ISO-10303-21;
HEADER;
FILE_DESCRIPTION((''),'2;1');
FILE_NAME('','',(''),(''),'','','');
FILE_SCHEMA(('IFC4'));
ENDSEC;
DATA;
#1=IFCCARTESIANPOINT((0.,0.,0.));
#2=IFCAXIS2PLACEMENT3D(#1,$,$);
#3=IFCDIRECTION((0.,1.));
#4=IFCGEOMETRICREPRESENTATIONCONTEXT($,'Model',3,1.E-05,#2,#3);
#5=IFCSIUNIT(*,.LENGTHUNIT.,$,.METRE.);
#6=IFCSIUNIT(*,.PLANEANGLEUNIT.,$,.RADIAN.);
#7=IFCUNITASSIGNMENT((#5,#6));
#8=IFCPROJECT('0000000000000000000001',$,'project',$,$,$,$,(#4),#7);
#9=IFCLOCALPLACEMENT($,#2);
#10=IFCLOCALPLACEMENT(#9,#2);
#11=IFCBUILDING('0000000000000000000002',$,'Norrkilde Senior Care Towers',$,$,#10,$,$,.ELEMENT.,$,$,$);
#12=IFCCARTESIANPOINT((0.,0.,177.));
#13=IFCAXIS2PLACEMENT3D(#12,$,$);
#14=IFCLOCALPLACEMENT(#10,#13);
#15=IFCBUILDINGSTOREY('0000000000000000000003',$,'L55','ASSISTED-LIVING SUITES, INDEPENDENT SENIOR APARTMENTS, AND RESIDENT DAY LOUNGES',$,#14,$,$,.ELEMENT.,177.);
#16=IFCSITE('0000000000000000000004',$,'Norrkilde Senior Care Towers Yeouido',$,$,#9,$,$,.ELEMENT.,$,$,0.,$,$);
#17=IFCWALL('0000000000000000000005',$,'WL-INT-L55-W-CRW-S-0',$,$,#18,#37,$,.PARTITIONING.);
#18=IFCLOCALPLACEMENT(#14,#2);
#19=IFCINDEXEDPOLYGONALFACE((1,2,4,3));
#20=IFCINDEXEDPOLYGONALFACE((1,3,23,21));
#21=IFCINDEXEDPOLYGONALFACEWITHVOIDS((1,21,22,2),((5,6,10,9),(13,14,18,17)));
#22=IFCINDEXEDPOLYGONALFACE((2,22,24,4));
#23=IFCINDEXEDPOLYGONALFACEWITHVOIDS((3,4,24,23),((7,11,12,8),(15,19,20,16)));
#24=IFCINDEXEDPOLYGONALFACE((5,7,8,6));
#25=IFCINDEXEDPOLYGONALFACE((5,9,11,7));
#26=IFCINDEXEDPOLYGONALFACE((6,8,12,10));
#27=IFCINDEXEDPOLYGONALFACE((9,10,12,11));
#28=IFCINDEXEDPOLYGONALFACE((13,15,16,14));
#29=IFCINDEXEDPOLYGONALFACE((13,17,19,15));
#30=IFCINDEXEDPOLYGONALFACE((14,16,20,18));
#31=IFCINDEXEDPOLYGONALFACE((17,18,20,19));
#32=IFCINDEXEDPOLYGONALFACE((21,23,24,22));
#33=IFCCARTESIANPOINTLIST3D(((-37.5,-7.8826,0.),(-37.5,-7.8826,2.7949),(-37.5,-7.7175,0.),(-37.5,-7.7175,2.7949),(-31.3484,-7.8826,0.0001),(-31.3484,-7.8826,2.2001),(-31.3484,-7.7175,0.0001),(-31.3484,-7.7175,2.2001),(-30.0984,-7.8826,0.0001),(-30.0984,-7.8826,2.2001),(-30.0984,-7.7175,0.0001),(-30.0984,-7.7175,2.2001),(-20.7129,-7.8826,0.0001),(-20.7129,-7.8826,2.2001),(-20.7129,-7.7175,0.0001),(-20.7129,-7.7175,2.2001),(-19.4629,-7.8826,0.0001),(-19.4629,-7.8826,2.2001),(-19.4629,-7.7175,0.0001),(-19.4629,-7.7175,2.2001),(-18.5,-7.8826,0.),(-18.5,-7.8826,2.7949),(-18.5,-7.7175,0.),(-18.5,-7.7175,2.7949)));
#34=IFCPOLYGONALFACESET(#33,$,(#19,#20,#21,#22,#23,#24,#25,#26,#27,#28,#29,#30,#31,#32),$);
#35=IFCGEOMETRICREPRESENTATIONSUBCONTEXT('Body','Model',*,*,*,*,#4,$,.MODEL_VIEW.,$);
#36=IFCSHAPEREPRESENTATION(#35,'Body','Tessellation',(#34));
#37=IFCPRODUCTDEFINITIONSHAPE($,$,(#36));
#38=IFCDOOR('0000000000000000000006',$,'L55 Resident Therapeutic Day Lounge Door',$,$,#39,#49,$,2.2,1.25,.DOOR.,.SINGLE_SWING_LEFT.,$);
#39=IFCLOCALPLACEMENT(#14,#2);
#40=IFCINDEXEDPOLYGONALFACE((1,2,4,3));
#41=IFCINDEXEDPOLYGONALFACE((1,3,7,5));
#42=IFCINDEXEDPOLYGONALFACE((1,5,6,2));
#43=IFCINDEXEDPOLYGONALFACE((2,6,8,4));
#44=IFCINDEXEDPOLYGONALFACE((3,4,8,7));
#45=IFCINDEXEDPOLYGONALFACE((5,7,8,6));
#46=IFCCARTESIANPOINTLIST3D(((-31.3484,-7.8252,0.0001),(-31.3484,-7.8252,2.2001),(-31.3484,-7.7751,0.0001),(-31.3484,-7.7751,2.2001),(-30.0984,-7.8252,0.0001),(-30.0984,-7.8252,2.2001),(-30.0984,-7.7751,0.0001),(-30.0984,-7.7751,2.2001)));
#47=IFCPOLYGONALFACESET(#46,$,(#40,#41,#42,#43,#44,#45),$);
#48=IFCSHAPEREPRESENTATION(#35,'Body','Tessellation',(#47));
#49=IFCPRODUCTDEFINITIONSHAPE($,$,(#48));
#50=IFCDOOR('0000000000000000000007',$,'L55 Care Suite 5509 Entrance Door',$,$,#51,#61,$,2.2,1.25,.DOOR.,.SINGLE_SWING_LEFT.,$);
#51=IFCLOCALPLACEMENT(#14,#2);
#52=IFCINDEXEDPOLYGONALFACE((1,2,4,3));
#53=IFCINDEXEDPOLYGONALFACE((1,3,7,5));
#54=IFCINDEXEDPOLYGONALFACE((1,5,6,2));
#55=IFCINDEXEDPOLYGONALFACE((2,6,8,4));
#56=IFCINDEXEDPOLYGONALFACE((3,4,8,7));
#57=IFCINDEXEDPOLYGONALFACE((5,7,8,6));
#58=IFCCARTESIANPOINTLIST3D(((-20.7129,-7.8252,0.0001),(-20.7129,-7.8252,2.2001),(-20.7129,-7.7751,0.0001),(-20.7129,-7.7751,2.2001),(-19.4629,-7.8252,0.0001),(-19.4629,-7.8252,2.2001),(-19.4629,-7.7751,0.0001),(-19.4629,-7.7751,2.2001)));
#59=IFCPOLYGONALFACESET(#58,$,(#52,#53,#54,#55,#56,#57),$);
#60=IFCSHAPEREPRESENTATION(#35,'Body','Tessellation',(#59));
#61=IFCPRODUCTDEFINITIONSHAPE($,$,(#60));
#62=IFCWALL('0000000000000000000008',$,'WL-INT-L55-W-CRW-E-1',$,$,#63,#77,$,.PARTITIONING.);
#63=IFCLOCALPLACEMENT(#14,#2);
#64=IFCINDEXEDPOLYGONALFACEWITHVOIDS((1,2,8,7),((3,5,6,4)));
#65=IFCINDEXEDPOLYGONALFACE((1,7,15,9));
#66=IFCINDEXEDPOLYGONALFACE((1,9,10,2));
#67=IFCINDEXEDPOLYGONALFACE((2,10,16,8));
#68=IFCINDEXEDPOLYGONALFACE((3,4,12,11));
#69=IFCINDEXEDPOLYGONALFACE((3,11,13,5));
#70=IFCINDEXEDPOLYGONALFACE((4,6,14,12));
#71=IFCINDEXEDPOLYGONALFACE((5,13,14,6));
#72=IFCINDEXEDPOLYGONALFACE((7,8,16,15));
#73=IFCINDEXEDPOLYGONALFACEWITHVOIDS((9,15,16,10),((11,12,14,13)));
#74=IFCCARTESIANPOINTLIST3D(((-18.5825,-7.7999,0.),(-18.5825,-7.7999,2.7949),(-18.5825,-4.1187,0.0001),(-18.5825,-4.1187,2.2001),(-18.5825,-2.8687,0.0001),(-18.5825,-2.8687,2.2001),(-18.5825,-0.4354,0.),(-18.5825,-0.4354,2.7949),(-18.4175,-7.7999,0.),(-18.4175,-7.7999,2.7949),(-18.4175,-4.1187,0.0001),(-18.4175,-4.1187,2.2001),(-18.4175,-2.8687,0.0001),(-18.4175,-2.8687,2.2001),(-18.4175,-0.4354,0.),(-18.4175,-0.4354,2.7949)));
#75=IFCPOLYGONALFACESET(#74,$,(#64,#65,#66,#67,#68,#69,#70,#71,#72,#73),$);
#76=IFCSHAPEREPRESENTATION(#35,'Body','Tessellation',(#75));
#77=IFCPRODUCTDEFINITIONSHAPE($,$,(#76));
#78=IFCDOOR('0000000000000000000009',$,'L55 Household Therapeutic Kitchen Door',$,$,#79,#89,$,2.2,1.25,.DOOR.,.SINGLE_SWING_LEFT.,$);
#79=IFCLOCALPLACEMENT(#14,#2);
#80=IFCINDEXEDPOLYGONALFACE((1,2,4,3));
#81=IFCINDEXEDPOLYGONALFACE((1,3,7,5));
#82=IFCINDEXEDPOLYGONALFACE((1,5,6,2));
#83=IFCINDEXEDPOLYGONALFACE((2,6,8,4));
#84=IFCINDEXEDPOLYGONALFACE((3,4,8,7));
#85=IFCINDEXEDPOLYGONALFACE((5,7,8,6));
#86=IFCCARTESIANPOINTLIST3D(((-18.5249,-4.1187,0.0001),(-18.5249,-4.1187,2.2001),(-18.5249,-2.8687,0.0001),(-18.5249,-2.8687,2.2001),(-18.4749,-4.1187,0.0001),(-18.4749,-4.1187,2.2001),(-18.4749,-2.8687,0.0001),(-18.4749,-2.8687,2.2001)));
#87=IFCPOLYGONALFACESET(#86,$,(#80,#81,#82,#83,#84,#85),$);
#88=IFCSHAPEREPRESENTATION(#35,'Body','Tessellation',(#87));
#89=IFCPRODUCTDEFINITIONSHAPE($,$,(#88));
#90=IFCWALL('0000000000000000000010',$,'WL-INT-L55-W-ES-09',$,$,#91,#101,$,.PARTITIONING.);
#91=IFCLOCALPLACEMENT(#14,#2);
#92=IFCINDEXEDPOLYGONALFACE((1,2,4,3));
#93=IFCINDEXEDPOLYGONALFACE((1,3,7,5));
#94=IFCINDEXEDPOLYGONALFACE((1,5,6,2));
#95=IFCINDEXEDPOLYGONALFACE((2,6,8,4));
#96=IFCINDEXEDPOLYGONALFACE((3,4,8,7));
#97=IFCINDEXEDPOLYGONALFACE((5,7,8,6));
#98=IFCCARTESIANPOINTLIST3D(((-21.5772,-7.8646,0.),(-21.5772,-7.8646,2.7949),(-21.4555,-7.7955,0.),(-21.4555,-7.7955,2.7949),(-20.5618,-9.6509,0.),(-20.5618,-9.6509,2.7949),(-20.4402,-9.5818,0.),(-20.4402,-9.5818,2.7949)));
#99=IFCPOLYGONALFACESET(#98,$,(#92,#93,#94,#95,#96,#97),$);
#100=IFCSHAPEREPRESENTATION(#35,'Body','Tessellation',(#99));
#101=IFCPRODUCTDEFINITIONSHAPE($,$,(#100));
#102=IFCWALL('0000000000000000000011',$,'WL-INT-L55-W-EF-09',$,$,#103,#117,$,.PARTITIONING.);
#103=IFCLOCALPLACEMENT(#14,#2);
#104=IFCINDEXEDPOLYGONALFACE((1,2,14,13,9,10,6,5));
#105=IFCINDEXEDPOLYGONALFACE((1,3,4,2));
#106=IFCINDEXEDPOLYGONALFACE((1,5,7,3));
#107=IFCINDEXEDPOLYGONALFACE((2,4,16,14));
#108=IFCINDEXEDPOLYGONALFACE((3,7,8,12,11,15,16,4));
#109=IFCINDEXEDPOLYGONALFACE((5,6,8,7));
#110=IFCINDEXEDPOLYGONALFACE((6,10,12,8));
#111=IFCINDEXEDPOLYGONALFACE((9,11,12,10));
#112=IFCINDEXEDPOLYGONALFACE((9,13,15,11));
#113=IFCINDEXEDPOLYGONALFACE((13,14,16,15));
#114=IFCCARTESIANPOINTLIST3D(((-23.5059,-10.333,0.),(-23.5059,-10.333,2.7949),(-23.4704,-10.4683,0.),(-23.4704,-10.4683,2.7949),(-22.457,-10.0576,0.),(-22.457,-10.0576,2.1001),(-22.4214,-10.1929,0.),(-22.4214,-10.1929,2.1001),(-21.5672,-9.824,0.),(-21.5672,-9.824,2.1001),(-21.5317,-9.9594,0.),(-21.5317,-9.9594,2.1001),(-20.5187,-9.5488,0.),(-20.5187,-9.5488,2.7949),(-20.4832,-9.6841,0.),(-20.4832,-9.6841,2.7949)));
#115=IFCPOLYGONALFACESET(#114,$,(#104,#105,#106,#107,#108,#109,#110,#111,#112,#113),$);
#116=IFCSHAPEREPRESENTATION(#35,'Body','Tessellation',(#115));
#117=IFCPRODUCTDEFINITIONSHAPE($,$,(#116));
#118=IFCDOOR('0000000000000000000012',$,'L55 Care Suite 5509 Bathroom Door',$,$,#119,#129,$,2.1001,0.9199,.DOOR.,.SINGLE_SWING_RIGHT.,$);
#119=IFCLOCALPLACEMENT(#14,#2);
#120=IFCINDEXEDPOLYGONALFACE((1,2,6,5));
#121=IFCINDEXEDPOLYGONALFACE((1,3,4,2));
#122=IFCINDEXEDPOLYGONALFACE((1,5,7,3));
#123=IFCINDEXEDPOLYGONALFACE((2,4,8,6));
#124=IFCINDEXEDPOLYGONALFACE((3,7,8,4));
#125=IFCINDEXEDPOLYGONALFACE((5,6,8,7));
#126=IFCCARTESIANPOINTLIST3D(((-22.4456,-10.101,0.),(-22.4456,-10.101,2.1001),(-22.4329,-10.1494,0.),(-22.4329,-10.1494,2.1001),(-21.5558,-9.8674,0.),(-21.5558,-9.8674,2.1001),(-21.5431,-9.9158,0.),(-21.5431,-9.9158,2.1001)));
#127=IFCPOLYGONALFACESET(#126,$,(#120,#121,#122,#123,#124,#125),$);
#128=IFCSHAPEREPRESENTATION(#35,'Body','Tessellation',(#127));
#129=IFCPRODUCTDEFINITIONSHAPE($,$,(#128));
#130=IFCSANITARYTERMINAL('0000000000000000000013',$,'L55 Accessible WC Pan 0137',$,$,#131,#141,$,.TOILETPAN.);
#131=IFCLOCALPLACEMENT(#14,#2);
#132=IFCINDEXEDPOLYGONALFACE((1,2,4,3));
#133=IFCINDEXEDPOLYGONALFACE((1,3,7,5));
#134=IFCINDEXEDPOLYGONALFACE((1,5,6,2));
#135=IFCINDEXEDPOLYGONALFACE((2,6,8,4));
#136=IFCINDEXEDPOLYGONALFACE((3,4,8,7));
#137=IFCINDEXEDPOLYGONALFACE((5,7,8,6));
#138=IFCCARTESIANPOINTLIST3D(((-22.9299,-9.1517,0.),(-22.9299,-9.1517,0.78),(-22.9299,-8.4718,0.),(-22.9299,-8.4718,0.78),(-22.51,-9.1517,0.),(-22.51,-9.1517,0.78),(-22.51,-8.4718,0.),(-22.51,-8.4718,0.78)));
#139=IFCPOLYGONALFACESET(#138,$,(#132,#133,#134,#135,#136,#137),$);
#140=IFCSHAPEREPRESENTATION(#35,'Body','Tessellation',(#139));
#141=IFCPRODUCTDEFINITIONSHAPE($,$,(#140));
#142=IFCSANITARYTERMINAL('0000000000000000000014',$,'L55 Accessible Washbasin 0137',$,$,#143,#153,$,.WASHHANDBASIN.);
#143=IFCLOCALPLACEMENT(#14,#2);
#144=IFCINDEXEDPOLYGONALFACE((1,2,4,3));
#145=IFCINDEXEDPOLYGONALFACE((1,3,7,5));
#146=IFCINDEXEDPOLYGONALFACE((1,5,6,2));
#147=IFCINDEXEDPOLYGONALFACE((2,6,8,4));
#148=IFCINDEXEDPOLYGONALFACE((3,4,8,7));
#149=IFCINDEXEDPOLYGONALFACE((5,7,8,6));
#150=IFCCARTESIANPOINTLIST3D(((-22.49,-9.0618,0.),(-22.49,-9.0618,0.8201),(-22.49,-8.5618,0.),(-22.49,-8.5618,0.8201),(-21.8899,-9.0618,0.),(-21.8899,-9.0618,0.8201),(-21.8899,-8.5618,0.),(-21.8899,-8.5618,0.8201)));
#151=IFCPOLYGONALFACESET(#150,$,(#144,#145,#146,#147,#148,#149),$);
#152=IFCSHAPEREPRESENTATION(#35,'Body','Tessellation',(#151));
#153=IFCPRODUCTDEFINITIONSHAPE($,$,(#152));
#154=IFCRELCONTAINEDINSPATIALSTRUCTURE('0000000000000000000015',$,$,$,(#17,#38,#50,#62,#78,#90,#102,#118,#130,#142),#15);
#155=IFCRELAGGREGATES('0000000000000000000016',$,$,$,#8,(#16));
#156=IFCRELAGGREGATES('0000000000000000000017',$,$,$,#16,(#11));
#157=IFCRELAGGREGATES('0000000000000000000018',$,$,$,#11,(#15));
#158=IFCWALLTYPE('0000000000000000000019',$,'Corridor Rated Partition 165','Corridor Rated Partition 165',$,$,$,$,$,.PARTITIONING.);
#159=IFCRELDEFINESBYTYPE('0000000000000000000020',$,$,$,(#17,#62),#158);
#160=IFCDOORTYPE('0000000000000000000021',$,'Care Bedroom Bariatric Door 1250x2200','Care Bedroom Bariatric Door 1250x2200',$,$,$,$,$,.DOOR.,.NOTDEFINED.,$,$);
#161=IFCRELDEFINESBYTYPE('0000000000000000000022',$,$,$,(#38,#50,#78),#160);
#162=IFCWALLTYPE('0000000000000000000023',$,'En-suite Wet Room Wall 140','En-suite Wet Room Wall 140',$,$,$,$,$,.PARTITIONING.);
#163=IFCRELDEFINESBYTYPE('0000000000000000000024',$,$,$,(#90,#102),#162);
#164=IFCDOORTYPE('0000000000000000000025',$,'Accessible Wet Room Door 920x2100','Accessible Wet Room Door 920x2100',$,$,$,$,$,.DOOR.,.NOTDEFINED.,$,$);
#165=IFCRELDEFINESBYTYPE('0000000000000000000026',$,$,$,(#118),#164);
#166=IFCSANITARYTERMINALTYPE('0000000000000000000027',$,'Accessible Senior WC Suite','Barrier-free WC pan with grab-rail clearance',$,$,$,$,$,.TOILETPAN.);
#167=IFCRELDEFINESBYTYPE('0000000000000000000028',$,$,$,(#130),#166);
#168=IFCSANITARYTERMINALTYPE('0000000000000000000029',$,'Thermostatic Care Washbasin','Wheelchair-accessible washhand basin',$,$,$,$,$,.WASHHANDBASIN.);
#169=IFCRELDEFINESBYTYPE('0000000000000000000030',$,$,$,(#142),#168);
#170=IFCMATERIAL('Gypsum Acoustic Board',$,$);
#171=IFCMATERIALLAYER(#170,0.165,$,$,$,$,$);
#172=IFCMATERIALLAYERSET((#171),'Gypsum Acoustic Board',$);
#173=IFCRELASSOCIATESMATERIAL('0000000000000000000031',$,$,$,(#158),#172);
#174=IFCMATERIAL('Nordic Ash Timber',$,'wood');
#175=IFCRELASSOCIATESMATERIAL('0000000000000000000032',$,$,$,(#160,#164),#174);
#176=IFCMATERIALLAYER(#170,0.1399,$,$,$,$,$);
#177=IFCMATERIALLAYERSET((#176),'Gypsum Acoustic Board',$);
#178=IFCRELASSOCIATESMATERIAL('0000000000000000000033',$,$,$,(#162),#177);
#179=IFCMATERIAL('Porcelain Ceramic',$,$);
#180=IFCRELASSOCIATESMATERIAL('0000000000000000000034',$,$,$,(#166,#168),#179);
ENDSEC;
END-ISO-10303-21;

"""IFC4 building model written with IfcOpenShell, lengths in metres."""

from ifc_helpers import new_model, si_unit, direction, frame, frame_2d, origin, origin_2d, place, context, subcontext, project, spatial, rectangle, extrude, source, transform, mapped, material, layer, layer_set, type_object, type_shapes, element, fill, save


model = new_model("IFC4")

# Units and contexts
model_context = context("Model", 3, precision=1e-05, world=origin(), true_north=direction((0.0, 1.0)))
body_context = subcontext(model_context, "Body", "Model", "MODEL_VIEW")
ifc_project = project(units=[si_unit("LENGTHUNIT", "METRE"), si_unit("PLANEANGLEUNIT", "RADIAN")], contexts=[model_context])

# Site, building, storey
site_placement = place(None, origin())
site = spatial("IfcSite", under=ifc_project, at=site_placement, Name="Norrkilde Senior Care Towers Yeouido", CompositionType="ELEMENT", RefElevation=0.0)
building_placement = place(site_placement, origin())
building = spatial("IfcBuilding", under=site, at=building_placement, Name="Norrkilde Senior Care Towers", CompositionType="ELEMENT")
storey_placement = place(building_placement, frame((0.0, 0.0, 177.0)))
storey = spatial("IfcBuildingStorey", under=building, at=storey_placement, Name="L55", Description="ASSISTED-LIVING SUITES, INDEPENDENT SENIOR APARTMENTS, AND RESIDENT DAY LOUNGES", CompositionType="ELEMENT", Elevation=177.0)

# Shared definitions
ifc_material_1 = material(Name="Gypsum Acoustic Board")
ifc_layer_1 = layer(ifc_material_1, 0.165)
ifc_layer_set_1 = layer_set([ifc_layer_1], Name="Gypsum Acoustic Board")
wall_type_1 = type_object("IfcWallType", Name="Corridor Rated Partition 165", Description="Corridor Rated Partition 165", PredefinedType="PARTITIONING", material=ifc_layer_set_1)

# Wall, openings, doors
shared_shape_1 = source(origin(), body_context, "Body", "SweptSolid", [
    extrude(rectangle(XDim=19.0, YDim=0.165, at=frame_2d((9.5, 0.0))), origin(), (0.0, 0.0, 1.0), 2.7949),
])
wall_1_placement = place(storey_placement, frame((-18.5, -7.8, 0.0), z_axis=(0.0, 0.0, 1.0), x_axis=(-1.0, 0.0, 0.0)))
wall_1 = element("IfcWall", 1, at=wall_1_placement, inside=storey, type_object=wall_type_1, Name="WL-INT-L55-W-CRW-S-0", PredefinedType="PARTITIONING", context=body_context, shape_type="MappedRepresentation", body=[
    mapped(shared_shape_1, transform((0.0, 0.0, 0.0), x_axis=(1.0, 0.0, 0.0), y_axis=(0.0, 1.0, 0.0), z_axis=(0.0, 0.0, 1.0), scale=1.0)),
])
opening_1_placement = place(wall_1_placement, frame((11.5984, 0.0, 0.0)))
opening_1 = element("IfcOpeningElement", 2, at=opening_1_placement, cuts=wall_1, PredefinedType="OPENING", context=body_context, shape_type="SweptSolid", body=[
    extrude(rectangle(XDim=1.25, YDim=2.2, at=frame_2d((0.625, 1.1001))), frame((0.0, 0.0925, 0.0), z_axis=(0.0, -1.0, 0.0), x_axis=(1.0, 0.0, 0.0)), (0.0, 0.0, 1.0), 0.1851),
])
opening_2_placement = place(wall_1_placement, frame((0.9629, 0.0, 0.0)))
opening_2 = element("IfcOpeningElement", 3, at=opening_2_placement, cuts=wall_1, PredefinedType="OPENING", context=body_context, shape_type="SweptSolid", body=[
    extrude(rectangle(XDim=1.25, YDim=2.2, at=frame_2d((0.625, 1.1001))), frame((0.0, 0.0925, 0.0), z_axis=(0.0, -1.0, 0.0), x_axis=(1.0, 0.0, 0.0)), (0.0, 0.0, 1.0), 0.1851),
])
ifc_material_2 = material(Name="Nordic Ash Timber", Category="wood")
door_type_1 = type_object("IfcDoorType", Name="Care Bedroom Bariatric Door 1250x2200", Description="Care Bedroom Bariatric Door 1250x2200", OperationType="NOTDEFINED", PredefinedType="DOOR", material=ifc_material_2)
shared_shape_2 = source(origin(), body_context, "Body", "SweptSolid", [
    extrude(rectangle(XDim=1.25, YDim=2.2, at=frame_2d((0.625, 1.1001))), frame((0.0, 0.0249, 0.0), z_axis=(0.0, -1.0, 0.0), x_axis=(1.0, 0.0, 0.0)), (0.0, 0.0, 1.0), 0.05),
])
type_shapes(door_type_1, [shared_shape_2])
door_1_placement = place(opening_1_placement, frame((1.25, 0.0, 0.0), z_axis=(0.0, 0.0, 1.0), x_axis=(-1.0, 0.0, 0.0)))
door_1 = element("IfcDoor", 4, at=door_1_placement, inside=storey, type_object=door_type_1, Name="L55 Resident Therapeutic Day Lounge Door", OperationType="SINGLE_SWING_LEFT", OverallHeight=2.2, OverallWidth=1.25, PredefinedType="DOOR", context=body_context, shape_type="MappedRepresentation", body=[
    mapped(shared_shape_2, transform((0.0, 0.0, 0.0), x_axis=(1.0, 0.0, 0.0), y_axis=(0.0, 1.0, 0.0), z_axis=(0.0, 0.0, 1.0), scale=1.0)),
])
fill(opening_1, door_1)
door_2_placement = place(opening_2_placement, frame((1.25, 0.0, 0.0), z_axis=(0.0, 0.0, 1.0), x_axis=(-1.0, 0.0, 0.0)))
door_2 = element("IfcDoor", 5, at=door_2_placement, inside=storey, type_object=door_type_1, Name="L55 Care Suite 5509 Entrance Door", OperationType="SINGLE_SWING_LEFT", OverallHeight=2.2, OverallWidth=1.25, PredefinedType="DOOR", context=body_context, shape_type="MappedRepresentation", body=[
    mapped(shared_shape_2, transform((0.0, 0.0, 0.0), x_axis=(1.0, 0.0, 0.0), y_axis=(0.0, 1.0, 0.0), z_axis=(0.0, 0.0, 1.0), scale=1.0)),
])
fill(opening_2, door_2)

# Wall, opening, door
shared_shape_3 = source(origin(), body_context, "Body", "SweptSolid", [
    extrude(rectangle(XDim=7.3645, YDim=0.165, at=frame_2d((3.6821, 0.0))), origin(), (0.0, 0.0, 1.0), 2.7949),
])
wall_2_placement = place(storey_placement, frame((-18.5, -0.4355, 0.0), z_axis=(0.0, 0.0, 1.0), x_axis=(0.0, -1.0, 0.0)))
wall_2 = element("IfcWall", 6, at=wall_2_placement, inside=storey, type_object=wall_type_1, Name="WL-INT-L55-W-CRW-E-1", PredefinedType="PARTITIONING", context=body_context, shape_type="MappedRepresentation", body=[
    mapped(shared_shape_3, transform((0.0, 0.0, 0.0), x_axis=(1.0, 0.0, 0.0), y_axis=(0.0, 1.0, 0.0), z_axis=(0.0, 0.0, 1.0), scale=1.0)),
])
opening_3_placement = place(wall_2_placement, frame((2.4331, 0.0, 0.0)))
opening_3 = element("IfcOpeningElement", 7, at=opening_3_placement, cuts=wall_2, PredefinedType="OPENING", context=body_context, shape_type="SweptSolid", body=[
    extrude(rectangle(XDim=1.25, YDim=2.2, at=frame_2d((0.625, 1.1001))), frame((0.0, 0.0925, 0.0), z_axis=(0.0, -1.0, 0.0), x_axis=(1.0, 0.0, 0.0)), (0.0, 0.0, 1.0), 0.1851),
])
door_3_placement = place(opening_3_placement, frame((1.25, 0.0, 0.0), z_axis=(0.0, 0.0, 1.0), x_axis=(-1.0, 0.0, 0.0)))
door_3 = element("IfcDoor", 8, at=door_3_placement, inside=storey, type_object=door_type_1, Name="L55 Household Therapeutic Kitchen Door", OperationType="SINGLE_SWING_LEFT", OverallHeight=2.2, OverallWidth=1.25, PredefinedType="DOOR", context=body_context, shape_type="MappedRepresentation", body=[
    mapped(shared_shape_2, transform((0.0, 0.0, 0.0), x_axis=(1.0, 0.0, 0.0), y_axis=(0.0, 1.0, 0.0), z_axis=(0.0, 0.0, 1.0), scale=1.0)),
])
fill(opening_3, door_3)

# Wall
ifc_layer_2 = layer(ifc_material_1, 0.1399)
ifc_layer_set_2 = layer_set([ifc_layer_2], Name="Gypsum Acoustic Board")
wall_type_2 = type_object("IfcWallType", Name="En-suite Wet Room Wall 140", Description="En-suite Wet Room Wall 140", PredefinedType="PARTITIONING", material=ifc_layer_set_2)
shared_shape_4 = source(origin(), body_context, "Body", "SweptSolid", [
    extrude(rectangle(XDim=2.0547, YDim=0.1399, at=frame_2d((1.0273, 0.0))), origin(), (0.0, 0.0, 1.0), 2.7949),
])
wall_3_placement = place(storey_placement, frame((-21.5164, -7.8301, 0.0), z_axis=(0.0, 0.0, 1.0), x_axis=(0.494154, -0.869374, 0.0)))
element("IfcWall", 9, at=wall_3_placement, inside=storey, type_object=wall_type_2, Name="WL-INT-L55-W-ES-09", PredefinedType="PARTITIONING", context=body_context, shape_type="MappedRepresentation", body=[
    mapped(shared_shape_4, transform((0.0, 0.0, 0.0), x_axis=(1.0, 0.0, 0.0), y_axis=(0.0, 1.0, 0.0), z_axis=(0.0, 0.0, 1.0), scale=1.0)),
])

# Wall, opening, door
shared_shape_5 = source(origin(), body_context, "Body", "SweptSolid", [
    extrude(rectangle(XDim=3.0884, YDim=0.1399, at=frame_2d((1.5442, 0.0))), origin(), (0.0, 0.0, 1.0), 2.7949),
])
type_shapes(wall_type_2, [shared_shape_4, shared_shape_5])
wall_4_placement = place(storey_placement, frame((-20.501, -9.6165, 0.0), z_axis=(0.0, 0.0, 1.0), x_axis=(-0.967225, -0.253921, 0.0)))
wall_4 = element("IfcWall", 10, at=wall_4_placement, inside=storey, type_object=wall_type_2, Name="WL-INT-L55-W-EF-09", PredefinedType="PARTITIONING", context=body_context, shape_type="MappedRepresentation", body=[
    mapped(shared_shape_5, transform((0.0, 0.0, 0.0), x_axis=(1.0, 0.0, 0.0), y_axis=(0.0, 1.0, 0.0), z_axis=(0.0, 0.0, 1.0), scale=1.0)),
])
opening_4_placement = place(wall_4_placement, frame((1.084, 0.0, 0.0)))
opening_4 = element("IfcOpeningElement", 11, at=opening_4_placement, cuts=wall_4, PredefinedType="OPENING", context=body_context, shape_type="SweptSolid", body=[
    extrude(rectangle(XDim=0.9199, YDim=2.1001, at=frame_2d((0.46, 1.05))), frame((0.0, 0.0798, 0.0), z_axis=(0.0, -1.0, 0.0), x_axis=(1.0, 0.0, 0.0)), (0.0, 0.0, 1.0), 0.1599),
])
door_type_2 = type_object("IfcDoorType", Name="Accessible Wet Room Door 920x2100", Description="Accessible Wet Room Door 920x2100", OperationType="NOTDEFINED", PredefinedType="DOOR", material=ifc_material_2)
shared_shape_6 = source(origin(), body_context, "Body", "SweptSolid", [
    extrude(rectangle(XDim=0.9199, YDim=2.1001, at=frame_2d((0.46, 1.05))), frame((0.0, 0.0249, 0.0), z_axis=(0.0, -1.0, 0.0), x_axis=(1.0, 0.0, 0.0)), (0.0, 0.0, 1.0), 0.05),
])
type_shapes(door_type_2, [shared_shape_6])
door_4_placement = place(opening_4_placement, origin())
door_4 = element("IfcDoor", 12, at=door_4_placement, inside=storey, type_object=door_type_2, Name="L55 Care Suite 5509 Bathroom Door", OperationType="SINGLE_SWING_RIGHT", OverallHeight=2.1001, OverallWidth=0.9199, PredefinedType="DOOR", context=body_context, shape_type="MappedRepresentation", body=[
    mapped(shared_shape_6, transform((0.0, 0.0, 0.0), x_axis=(1.0, 0.0, 0.0), y_axis=(0.0, 1.0, 0.0), z_axis=(0.0, 0.0, 1.0), scale=1.0)),
])
fill(opening_4, door_4)

# Sanitary terminals
ifc_material_3 = material(Name="Porcelain Ceramic")
sanitary_terminal_type_1 = type_object("IfcSanitaryTerminalType", Name="Accessible Senior WC Suite", Description="Barrier-free WC pan with grab-rail clearance", PredefinedType="TOILETPAN", material=ifc_material_3)
shared_shape_7 = source(origin(), body_context, "Body", "SweptSolid", [
    extrude(rectangle(XDim=0.4199, YDim=0.6799, at=origin_2d()), origin(), (0.0, 0.0, 1.0), 0.78),
])
type_shapes(sanitary_terminal_type_1, [shared_shape_7])
sanitary_terminal_1_placement = place(storey_placement, frame((-22.72, -8.8118, 0.0), z_axis=(0.0, 0.0, 1.0), x_axis=(1.0, 0.0, 0.0)))
element("IfcSanitaryTerminal", 13, at=sanitary_terminal_1_placement, inside=storey, type_object=sanitary_terminal_type_1, Name="L55 Accessible WC Pan 0137", PredefinedType="TOILETPAN", context=body_context, shape_type="MappedRepresentation", body=[
    mapped(shared_shape_7, transform((0.0, 0.0, 0.0), x_axis=(1.0, 0.0, 0.0), y_axis=(0.0, 1.0, 0.0), z_axis=(0.0, 0.0, 1.0), scale=1.0)),
])
sanitary_terminal_type_2 = type_object("IfcSanitaryTerminalType", Name="Thermostatic Care Washbasin", Description="Wheelchair-accessible washhand basin", PredefinedType="WASHHANDBASIN", material=ifc_material_3)
shared_shape_8 = source(origin(), body_context, "Body", "SweptSolid", [
    extrude(rectangle(XDim=0.6001, YDim=0.5, at=origin_2d()), origin(), (0.0, 0.0, 1.0), 0.8201),
])
type_shapes(sanitary_terminal_type_2, [shared_shape_8])
sanitary_terminal_2_placement = place(storey_placement, frame((-22.1899, -8.8118, 0.0), z_axis=(0.0, 0.0, 1.0), x_axis=(1.0, 0.0, 0.0)))
element("IfcSanitaryTerminal", 14, at=sanitary_terminal_2_placement, inside=storey, type_object=sanitary_terminal_type_2, Name="L55 Accessible Washbasin 0137", PredefinedType="WASHHANDBASIN", context=body_context, shape_type="MappedRepresentation", body=[
    mapped(shared_shape_8, transform((0.0, 0.0, 0.0), x_axis=(1.0, 0.0, 0.0), y_axis=(0.0, 1.0, 0.0), z_axis=(0.0, 0.0, 1.0), scale=1.0)),
])

save(model, "model.ifc")
